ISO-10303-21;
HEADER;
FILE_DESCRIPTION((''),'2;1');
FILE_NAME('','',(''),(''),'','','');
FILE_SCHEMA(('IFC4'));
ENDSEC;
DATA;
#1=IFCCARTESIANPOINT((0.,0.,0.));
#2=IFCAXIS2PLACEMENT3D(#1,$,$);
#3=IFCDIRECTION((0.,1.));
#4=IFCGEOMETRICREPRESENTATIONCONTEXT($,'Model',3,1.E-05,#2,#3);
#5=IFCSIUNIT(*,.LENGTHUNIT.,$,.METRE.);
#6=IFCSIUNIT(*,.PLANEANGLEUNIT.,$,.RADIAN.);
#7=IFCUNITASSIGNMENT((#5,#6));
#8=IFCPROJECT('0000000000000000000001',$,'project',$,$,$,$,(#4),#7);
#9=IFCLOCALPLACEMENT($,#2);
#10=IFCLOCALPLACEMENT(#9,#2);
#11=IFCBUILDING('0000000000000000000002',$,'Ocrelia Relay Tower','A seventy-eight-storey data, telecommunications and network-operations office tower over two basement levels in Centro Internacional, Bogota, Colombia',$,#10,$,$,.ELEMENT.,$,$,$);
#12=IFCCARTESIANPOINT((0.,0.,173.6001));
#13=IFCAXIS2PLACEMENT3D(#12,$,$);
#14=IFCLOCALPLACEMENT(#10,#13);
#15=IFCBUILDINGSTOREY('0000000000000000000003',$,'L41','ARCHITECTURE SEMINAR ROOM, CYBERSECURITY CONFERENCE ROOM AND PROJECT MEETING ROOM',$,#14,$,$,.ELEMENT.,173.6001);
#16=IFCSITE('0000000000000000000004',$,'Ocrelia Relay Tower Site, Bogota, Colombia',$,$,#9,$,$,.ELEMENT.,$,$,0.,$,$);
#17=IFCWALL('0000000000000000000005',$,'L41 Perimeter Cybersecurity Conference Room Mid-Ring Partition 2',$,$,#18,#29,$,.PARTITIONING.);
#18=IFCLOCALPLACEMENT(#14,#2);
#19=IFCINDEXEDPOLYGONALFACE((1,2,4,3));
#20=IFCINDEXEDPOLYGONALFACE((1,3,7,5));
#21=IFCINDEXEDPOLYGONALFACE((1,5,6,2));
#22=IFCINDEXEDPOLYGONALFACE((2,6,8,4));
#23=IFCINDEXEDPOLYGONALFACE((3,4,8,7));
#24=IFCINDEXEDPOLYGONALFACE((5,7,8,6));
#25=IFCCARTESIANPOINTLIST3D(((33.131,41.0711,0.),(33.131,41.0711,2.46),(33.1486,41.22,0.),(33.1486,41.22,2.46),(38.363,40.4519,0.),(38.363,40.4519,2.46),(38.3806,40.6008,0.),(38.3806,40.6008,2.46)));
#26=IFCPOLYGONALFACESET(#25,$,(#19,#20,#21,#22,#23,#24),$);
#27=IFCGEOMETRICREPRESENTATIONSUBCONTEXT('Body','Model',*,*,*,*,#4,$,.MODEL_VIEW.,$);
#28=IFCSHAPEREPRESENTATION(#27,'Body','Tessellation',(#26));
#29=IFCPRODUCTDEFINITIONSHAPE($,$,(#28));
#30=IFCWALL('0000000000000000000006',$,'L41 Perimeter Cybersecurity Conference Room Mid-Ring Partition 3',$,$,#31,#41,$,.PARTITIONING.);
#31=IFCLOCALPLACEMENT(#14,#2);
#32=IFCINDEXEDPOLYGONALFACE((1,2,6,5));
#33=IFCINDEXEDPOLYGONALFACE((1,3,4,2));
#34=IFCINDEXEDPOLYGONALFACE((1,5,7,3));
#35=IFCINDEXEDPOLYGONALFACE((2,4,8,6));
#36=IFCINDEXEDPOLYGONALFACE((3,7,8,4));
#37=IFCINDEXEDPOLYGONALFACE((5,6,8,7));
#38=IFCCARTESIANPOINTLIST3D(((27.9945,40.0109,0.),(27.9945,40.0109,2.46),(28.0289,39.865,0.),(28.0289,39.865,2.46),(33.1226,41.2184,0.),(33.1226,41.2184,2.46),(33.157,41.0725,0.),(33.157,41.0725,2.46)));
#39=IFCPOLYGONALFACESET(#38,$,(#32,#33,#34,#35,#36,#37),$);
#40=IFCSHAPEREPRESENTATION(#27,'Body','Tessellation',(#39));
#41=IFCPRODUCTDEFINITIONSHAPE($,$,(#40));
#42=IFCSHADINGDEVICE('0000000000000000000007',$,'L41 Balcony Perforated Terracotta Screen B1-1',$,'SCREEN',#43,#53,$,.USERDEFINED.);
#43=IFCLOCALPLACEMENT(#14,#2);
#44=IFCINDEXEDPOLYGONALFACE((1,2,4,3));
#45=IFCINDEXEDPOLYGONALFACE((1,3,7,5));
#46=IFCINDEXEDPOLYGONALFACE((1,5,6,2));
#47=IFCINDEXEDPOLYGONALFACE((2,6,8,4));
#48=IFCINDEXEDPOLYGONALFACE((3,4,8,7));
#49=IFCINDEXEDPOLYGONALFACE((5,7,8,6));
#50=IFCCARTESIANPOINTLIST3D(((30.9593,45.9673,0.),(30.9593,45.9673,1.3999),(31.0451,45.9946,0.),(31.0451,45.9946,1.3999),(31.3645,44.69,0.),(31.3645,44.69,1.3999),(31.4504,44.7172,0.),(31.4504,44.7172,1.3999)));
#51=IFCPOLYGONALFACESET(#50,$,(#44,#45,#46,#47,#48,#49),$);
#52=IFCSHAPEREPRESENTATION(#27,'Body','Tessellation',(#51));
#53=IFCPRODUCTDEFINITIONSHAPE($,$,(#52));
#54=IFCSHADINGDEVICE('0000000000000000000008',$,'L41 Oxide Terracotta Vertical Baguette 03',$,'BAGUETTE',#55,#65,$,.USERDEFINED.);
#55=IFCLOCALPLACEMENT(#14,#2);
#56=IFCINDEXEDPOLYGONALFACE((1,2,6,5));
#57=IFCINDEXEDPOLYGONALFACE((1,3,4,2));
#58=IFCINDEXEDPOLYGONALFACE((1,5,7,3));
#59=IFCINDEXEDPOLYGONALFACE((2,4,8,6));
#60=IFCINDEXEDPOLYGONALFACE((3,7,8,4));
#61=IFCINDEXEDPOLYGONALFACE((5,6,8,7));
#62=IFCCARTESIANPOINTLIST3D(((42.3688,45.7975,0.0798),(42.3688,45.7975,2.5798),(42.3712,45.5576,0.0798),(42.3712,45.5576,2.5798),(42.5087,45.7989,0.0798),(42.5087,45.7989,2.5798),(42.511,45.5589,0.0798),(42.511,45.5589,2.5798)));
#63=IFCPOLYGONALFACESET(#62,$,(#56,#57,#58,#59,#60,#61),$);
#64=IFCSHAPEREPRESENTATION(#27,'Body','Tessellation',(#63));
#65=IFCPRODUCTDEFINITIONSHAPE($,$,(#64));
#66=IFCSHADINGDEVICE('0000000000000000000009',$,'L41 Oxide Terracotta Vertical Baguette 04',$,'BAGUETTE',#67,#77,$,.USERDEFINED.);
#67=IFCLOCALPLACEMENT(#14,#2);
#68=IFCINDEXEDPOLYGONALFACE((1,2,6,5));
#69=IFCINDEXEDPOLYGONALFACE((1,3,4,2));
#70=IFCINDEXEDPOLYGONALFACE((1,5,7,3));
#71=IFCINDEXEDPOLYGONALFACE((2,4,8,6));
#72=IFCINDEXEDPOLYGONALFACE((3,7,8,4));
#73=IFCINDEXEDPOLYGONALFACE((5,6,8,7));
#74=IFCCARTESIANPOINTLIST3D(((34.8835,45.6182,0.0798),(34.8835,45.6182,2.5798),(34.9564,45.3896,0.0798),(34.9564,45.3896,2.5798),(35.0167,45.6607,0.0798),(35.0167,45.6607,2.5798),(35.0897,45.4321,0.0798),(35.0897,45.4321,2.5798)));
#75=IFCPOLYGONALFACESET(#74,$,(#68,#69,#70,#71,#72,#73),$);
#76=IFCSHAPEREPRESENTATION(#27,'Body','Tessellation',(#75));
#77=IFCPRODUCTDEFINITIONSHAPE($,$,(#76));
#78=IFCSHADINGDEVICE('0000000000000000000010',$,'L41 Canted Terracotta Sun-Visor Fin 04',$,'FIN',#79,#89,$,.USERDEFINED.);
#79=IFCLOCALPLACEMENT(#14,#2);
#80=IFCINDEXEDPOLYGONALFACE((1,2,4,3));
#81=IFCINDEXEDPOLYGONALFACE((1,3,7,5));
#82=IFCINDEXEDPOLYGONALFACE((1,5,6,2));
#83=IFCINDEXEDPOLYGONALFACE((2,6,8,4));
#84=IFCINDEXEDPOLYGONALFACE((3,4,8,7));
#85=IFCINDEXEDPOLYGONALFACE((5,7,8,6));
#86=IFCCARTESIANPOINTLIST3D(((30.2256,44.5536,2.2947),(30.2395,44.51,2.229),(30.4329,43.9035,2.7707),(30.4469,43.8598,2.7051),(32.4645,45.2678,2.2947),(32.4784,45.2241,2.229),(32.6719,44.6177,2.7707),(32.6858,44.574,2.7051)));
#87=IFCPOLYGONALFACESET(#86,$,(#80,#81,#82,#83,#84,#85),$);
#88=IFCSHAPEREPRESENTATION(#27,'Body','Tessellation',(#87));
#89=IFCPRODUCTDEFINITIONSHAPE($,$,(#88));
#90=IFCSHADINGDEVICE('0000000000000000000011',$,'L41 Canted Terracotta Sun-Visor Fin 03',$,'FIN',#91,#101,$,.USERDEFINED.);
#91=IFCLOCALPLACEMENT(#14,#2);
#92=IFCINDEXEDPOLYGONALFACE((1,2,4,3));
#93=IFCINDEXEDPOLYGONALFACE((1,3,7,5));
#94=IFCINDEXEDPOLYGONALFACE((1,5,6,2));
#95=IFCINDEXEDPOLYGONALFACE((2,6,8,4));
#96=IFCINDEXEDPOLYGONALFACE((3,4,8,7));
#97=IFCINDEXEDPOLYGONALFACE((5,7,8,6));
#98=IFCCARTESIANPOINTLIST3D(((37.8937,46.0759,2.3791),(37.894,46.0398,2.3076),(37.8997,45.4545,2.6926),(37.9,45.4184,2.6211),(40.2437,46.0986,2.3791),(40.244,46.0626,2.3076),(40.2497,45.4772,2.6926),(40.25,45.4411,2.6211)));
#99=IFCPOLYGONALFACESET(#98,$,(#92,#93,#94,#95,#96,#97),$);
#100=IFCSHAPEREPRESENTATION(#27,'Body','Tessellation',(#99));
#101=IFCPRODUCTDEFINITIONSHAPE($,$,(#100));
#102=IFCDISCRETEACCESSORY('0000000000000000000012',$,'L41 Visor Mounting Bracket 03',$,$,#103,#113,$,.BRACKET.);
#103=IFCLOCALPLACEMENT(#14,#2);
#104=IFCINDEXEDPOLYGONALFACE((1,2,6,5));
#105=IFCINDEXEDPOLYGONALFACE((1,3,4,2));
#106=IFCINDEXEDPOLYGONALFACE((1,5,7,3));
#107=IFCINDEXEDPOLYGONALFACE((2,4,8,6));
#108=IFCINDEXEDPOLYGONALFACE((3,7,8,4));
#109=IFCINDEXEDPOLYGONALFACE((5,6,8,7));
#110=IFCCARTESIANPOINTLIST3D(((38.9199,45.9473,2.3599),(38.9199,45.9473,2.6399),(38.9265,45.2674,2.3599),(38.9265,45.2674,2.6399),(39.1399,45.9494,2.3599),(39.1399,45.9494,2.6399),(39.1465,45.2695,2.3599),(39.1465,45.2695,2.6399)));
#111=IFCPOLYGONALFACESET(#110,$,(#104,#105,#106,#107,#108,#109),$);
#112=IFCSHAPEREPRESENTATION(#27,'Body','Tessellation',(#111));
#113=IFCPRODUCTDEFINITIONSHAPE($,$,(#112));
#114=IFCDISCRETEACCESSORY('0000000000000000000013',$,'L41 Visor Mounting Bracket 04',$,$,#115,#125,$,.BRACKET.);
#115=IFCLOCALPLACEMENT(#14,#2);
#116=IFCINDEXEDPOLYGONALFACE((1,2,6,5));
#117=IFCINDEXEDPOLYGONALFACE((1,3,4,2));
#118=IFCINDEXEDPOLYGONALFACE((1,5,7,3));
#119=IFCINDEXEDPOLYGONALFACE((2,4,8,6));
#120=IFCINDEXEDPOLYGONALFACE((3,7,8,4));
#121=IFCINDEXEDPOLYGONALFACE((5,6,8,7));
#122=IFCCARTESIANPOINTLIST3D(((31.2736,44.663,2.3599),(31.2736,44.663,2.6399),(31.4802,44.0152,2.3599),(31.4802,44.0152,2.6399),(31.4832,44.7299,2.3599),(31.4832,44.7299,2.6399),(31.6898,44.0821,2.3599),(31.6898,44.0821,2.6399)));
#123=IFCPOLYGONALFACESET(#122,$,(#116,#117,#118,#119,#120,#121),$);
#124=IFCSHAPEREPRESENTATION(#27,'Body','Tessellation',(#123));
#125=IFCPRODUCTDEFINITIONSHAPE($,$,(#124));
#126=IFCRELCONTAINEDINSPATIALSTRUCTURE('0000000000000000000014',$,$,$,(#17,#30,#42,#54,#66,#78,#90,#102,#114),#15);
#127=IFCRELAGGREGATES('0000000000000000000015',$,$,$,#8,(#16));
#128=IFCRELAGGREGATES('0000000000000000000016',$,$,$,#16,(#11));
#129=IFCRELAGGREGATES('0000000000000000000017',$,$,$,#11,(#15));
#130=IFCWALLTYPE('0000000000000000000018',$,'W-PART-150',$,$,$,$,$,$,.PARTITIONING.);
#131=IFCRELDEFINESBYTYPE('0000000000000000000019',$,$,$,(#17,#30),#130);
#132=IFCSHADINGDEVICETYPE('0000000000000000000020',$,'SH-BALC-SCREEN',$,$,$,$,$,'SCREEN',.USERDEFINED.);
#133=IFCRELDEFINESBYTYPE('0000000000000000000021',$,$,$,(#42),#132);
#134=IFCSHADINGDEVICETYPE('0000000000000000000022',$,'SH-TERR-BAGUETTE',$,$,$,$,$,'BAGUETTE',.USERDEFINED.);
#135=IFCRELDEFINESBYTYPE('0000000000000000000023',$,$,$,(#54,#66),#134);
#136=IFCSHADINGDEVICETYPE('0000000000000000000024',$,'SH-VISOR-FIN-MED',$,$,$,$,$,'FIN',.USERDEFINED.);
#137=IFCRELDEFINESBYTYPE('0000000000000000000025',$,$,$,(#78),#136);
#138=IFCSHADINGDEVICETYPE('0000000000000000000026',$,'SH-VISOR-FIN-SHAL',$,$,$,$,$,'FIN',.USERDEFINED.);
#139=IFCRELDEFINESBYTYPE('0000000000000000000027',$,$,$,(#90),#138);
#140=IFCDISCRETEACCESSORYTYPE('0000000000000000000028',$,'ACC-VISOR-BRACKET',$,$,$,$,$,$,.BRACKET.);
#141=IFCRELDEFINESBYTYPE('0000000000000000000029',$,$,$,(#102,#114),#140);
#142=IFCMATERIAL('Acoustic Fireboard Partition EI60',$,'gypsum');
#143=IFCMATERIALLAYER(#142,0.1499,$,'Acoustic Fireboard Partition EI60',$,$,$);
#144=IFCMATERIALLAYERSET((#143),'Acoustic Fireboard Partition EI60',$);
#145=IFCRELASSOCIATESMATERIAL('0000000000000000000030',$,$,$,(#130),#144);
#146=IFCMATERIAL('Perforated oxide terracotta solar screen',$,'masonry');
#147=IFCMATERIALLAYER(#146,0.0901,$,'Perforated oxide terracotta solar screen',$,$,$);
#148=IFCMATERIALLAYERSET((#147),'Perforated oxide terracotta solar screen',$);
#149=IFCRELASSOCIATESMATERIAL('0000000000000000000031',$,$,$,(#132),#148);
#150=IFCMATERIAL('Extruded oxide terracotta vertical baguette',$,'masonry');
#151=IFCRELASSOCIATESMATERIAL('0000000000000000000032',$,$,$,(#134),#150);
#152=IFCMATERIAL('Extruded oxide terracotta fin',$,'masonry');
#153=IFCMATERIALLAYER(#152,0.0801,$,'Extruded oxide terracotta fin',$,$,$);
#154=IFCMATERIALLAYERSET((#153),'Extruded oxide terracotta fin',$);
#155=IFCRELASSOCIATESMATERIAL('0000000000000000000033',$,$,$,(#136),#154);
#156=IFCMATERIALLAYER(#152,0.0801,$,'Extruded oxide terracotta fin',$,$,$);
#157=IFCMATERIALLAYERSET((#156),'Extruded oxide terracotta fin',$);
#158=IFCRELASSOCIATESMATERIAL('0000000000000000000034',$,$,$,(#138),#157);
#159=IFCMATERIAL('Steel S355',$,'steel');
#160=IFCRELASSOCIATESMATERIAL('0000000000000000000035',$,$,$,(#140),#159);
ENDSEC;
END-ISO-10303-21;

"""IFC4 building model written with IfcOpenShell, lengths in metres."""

from ifc_helpers import new_model, si_unit, direction, frame, frame_2d, origin, origin_2d, place, context, subcontext, project, spatial, rectangle, extrude, material, layer, layer_set, type_object, element, save


model = new_model("IFC4")

# Units and contexts
model_context = context("Model", 3, precision=1e-05, world=origin(), true_north=direction((0.0, 1.0)))
body_context = subcontext(model_context, "Body", "Model", "MODEL_VIEW")
ifc_project = project(units=[si_unit("LENGTHUNIT", "METRE"), si_unit("PLANEANGLEUNIT", "RADIAN")], contexts=[model_context])

# Site, building, storey
site_placement = place(None, origin())
site = spatial("IfcSite", under=ifc_project, at=site_placement, Name="Ocrelia Relay Tower Site, Bogota, Colombia", CompositionType="ELEMENT", RefElevation=0.0)
building_placement = place(site_placement, origin())
building = spatial("IfcBuilding", under=site, at=building_placement, Name="Ocrelia Relay Tower", Description="A seventy-eight-storey data, telecommunications and network-operations office tower over two basement levels in Centro Internacional, Bogota, Colombia", CompositionType="ELEMENT")
storey_placement = place(building_placement, frame((0.0, 0.0, 173.6001)))
storey = spatial("IfcBuildingStorey", under=building, at=storey_placement, Name="L41", Description="ARCHITECTURE SEMINAR ROOM, CYBERSECURITY CONFERENCE ROOM AND PROJECT MEETING ROOM", CompositionType="ELEMENT", Elevation=173.6001)

# Shared definitions
ifc_material_1 = material(Name="Steel S355", Category="steel")

# Walls
ifc_material_2 = material(Name="Acoustic Fireboard Partition EI60", Category="gypsum")
ifc_layer_1 = layer(ifc_material_2, 0.1499, Name="Acoustic Fireboard Partition EI60")
ifc_layer_set_1 = layer_set([ifc_layer_1], Name="Acoustic Fireboard Partition EI60")
wall_type_1 = type_object("IfcWallType", Name="W-PART-150", PredefinedType="PARTITIONING", material=ifc_layer_set_1)
wall_1_placement = place(storey_placement, frame((38.3718, 40.5264, 0.0), z_axis=(0.0, 0.0, 1.0), x_axis=(-0.993071, 0.117519, 0.0)))
element("IfcWall", 1, at=wall_1_placement, inside=storey, type_object=wall_type_1, Name="L41 Perimeter Cybersecurity Conference Room Mid-Ring Partition 2", PredefinedType="PARTITIONING", context=body_context, shape_type="SweptSolid", body=[
    extrude(rectangle(XDim=5.2686, YDim=0.1499, at=frame_2d((2.6343, 0.0))), origin(), (0.0, 0.0, 1.0), 2.46),
])
wall_2_placement = place(storey_placement, frame((33.1399, 41.1455, 0.0), z_axis=(0.0, 0.0, 1.0), x_axis=(-0.973379, -0.229199, 0.0)))
element("IfcWall", 2, at=wall_2_placement, inside=storey, type_object=wall_type_1, Name="L41 Perimeter Cybersecurity Conference Room Mid-Ring Partition 3", PredefinedType="PARTITIONING", context=body_context, shape_type="SweptSolid", body=[
    extrude(rectangle(XDim=5.2683, YDim=0.1499, at=frame_2d((2.6343, 0.0))), origin(), (0.0, 0.0, 1.0), 2.46),
])

# Shading devices
ifc_material_3 = material(Name="Perforated oxide terracotta solar screen", Category="masonry")
ifc_layer_2 = layer(ifc_material_3, 0.0901, Name="Perforated oxide terracotta solar screen")
ifc_layer_set_2 = layer_set([ifc_layer_2], Name="Perforated oxide terracotta solar screen")
shading_device_type_1 = type_object("IfcShadingDeviceType", Name="SH-BALC-SCREEN", ElementType="SCREEN", PredefinedType="USERDEFINED", material=ifc_layer_set_2)
shading_device_1_placement = place(storey_placement, frame((31.2048, 45.3423, 0.0), z_axis=(0.0, 0.0, 1.0), x_axis=(-0.302416, 0.953176, 0.0)))
element("IfcShadingDevice", 3, at=shading_device_1_placement, inside=storey, type_object=shading_device_type_1, Name="L41 Balcony Perforated Terracotta Screen B1-1", ObjectType="SCREEN", PredefinedType="USERDEFINED", context=body_context, shape_type="SweptSolid", body=[
    extrude(rectangle(XDim=1.3401, YDim=0.0901, at=origin_2d()), origin(), (0.0, 0.0, 1.0), 1.3999),
])
ifc_material_4 = material(Name="Extruded oxide terracotta vertical baguette", Category="masonry")
shading_device_type_2 = type_object("IfcShadingDeviceType", Name="SH-TERR-BAGUETTE", ElementType="BAGUETTE", PredefinedType="USERDEFINED", material=ifc_material_4)
for number, where, z_axis, x_axis, name in (
    (4, (42.4399, 45.6782, 0.0798), (0.0, 0.0, 1.0), (-0.999953, -0.009679, 0.0), "L41 Oxide Terracotta Vertical Baguette 03"),
    (5, (34.9866, 45.5251, 0.0798), (0.0, 0.0, 1.0), (-0.952706, -0.303894, 0.0), "L41 Oxide Terracotta Vertical Baguette 04"),
):
    element("IfcShadingDevice", number, at=place(storey_placement, frame(where, z_axis=z_axis, x_axis=x_axis)), inside=storey, type_object=shading_device_type_2, Name=name, ObjectType="BAGUETTE", PredefinedType="USERDEFINED", context=body_context, shape_type="SweptSolid", body=[
        extrude(rectangle(XDim=0.1399, YDim=0.24, at=origin_2d()), origin(), (0.0, 0.0, 1.0), 2.5),
    ])
ifc_material_5 = material(Name="Extruded oxide terracotta fin", Category="masonry")
ifc_layer_3 = layer(ifc_material_5, 0.0801, Name="Extruded oxide terracotta fin")
ifc_layer_set_3 = layer_set([ifc_layer_3], Name="Extruded oxide terracotta fin")
shading_device_type_3 = type_object("IfcShadingDeviceType", Name="SH-VISOR-FIN-MED", ElementType="FIN", PredefinedType="USERDEFINED", material=ifc_layer_set_3)
shading_device_2_placement = place(storey_placement, frame((31.4626, 44.542, 2.467), z_axis=(-0.173872, 0.545087, 0.820152), x_axis=(-0.952706, -0.303894, 0.0)))
element("IfcShadingDevice", 6, at=shading_device_2_placement, inside=storey, type_object=shading_device_type_3, Name="L41 Canted Terracotta Sun-Visor Fin 04", ObjectType="FIN", PredefinedType="USERDEFINED", context=body_context, shape_type="SweptSolid", body=[
    extrude(rectangle(XDim=2.3501, YDim=0.832, at=origin_2d()), origin(), (0.0, 0.0, 1.0), 0.0801),
])
ifc_layer_4 = layer(ifc_material_5, 0.0801, Name="Extruded oxide terracotta fin")
ifc_layer_set_4 = layer_set([ifc_layer_4], Name="Extruded oxide terracotta fin")
shading_device_type_4 = type_object("IfcShadingDeviceType", Name="SH-VISOR-FIN-SHAL", ElementType="FIN", PredefinedType="USERDEFINED", material=ifc_layer_set_4)
shading_device_3_placement = place(storey_placement, frame((39.072, 45.7405, 2.4644), z_axis=(-0.004359, 0.450389, 0.892822), x_axis=(-0.999953, -0.009679, 0.0)))
element("IfcShadingDevice", 7, at=shading_device_3_placement, inside=storey, type_object=shading_device_type_4, Name="L41 Canted Terracotta Sun-Visor Fin 03", ObjectType="FIN", PredefinedType="USERDEFINED", context=body_context, shape_type="SweptSolid", body=[
    extrude(rectangle(XDim=2.3501, YDim=0.696, at=origin_2d()), origin(), (0.0, 0.0, 1.0), 0.0801),
])

# Discrete accessories
discrete_accessory_type = type_object("IfcDiscreteAccessoryType", Name="ACC-VISOR-BRACKET", PredefinedType="BRACKET", material=ifc_material_1)
for number, where, z_axis, x_axis, name in (
    (8, (39.0332, 45.6084, 2.3599), (0.0, 0.0, 1.0), (-0.999953, -0.009679, 0.0), "L41 Visor Mounting Bracket 03"),
    (9, (31.4817, 44.3726, 2.3599), (0.0, 0.0, 1.0), (-0.952706, -0.303894, 0.0), "L41 Visor Mounting Bracket 04"),
):
    element("IfcDiscreteAccessory", number, at=place(storey_placement, frame(where, z_axis=z_axis, x_axis=x_axis)), inside=storey, type_object=discrete_accessory_type, Name=name, PredefinedType="BRACKET", context=body_context, shape_type="SweptSolid", body=[
        extrude(rectangle(XDim=0.22, YDim=0.6799, at=origin_2d()), origin(), (0.0, 0.0, 1.0), 0.28),
    ])

save(model, "model.ifc")
